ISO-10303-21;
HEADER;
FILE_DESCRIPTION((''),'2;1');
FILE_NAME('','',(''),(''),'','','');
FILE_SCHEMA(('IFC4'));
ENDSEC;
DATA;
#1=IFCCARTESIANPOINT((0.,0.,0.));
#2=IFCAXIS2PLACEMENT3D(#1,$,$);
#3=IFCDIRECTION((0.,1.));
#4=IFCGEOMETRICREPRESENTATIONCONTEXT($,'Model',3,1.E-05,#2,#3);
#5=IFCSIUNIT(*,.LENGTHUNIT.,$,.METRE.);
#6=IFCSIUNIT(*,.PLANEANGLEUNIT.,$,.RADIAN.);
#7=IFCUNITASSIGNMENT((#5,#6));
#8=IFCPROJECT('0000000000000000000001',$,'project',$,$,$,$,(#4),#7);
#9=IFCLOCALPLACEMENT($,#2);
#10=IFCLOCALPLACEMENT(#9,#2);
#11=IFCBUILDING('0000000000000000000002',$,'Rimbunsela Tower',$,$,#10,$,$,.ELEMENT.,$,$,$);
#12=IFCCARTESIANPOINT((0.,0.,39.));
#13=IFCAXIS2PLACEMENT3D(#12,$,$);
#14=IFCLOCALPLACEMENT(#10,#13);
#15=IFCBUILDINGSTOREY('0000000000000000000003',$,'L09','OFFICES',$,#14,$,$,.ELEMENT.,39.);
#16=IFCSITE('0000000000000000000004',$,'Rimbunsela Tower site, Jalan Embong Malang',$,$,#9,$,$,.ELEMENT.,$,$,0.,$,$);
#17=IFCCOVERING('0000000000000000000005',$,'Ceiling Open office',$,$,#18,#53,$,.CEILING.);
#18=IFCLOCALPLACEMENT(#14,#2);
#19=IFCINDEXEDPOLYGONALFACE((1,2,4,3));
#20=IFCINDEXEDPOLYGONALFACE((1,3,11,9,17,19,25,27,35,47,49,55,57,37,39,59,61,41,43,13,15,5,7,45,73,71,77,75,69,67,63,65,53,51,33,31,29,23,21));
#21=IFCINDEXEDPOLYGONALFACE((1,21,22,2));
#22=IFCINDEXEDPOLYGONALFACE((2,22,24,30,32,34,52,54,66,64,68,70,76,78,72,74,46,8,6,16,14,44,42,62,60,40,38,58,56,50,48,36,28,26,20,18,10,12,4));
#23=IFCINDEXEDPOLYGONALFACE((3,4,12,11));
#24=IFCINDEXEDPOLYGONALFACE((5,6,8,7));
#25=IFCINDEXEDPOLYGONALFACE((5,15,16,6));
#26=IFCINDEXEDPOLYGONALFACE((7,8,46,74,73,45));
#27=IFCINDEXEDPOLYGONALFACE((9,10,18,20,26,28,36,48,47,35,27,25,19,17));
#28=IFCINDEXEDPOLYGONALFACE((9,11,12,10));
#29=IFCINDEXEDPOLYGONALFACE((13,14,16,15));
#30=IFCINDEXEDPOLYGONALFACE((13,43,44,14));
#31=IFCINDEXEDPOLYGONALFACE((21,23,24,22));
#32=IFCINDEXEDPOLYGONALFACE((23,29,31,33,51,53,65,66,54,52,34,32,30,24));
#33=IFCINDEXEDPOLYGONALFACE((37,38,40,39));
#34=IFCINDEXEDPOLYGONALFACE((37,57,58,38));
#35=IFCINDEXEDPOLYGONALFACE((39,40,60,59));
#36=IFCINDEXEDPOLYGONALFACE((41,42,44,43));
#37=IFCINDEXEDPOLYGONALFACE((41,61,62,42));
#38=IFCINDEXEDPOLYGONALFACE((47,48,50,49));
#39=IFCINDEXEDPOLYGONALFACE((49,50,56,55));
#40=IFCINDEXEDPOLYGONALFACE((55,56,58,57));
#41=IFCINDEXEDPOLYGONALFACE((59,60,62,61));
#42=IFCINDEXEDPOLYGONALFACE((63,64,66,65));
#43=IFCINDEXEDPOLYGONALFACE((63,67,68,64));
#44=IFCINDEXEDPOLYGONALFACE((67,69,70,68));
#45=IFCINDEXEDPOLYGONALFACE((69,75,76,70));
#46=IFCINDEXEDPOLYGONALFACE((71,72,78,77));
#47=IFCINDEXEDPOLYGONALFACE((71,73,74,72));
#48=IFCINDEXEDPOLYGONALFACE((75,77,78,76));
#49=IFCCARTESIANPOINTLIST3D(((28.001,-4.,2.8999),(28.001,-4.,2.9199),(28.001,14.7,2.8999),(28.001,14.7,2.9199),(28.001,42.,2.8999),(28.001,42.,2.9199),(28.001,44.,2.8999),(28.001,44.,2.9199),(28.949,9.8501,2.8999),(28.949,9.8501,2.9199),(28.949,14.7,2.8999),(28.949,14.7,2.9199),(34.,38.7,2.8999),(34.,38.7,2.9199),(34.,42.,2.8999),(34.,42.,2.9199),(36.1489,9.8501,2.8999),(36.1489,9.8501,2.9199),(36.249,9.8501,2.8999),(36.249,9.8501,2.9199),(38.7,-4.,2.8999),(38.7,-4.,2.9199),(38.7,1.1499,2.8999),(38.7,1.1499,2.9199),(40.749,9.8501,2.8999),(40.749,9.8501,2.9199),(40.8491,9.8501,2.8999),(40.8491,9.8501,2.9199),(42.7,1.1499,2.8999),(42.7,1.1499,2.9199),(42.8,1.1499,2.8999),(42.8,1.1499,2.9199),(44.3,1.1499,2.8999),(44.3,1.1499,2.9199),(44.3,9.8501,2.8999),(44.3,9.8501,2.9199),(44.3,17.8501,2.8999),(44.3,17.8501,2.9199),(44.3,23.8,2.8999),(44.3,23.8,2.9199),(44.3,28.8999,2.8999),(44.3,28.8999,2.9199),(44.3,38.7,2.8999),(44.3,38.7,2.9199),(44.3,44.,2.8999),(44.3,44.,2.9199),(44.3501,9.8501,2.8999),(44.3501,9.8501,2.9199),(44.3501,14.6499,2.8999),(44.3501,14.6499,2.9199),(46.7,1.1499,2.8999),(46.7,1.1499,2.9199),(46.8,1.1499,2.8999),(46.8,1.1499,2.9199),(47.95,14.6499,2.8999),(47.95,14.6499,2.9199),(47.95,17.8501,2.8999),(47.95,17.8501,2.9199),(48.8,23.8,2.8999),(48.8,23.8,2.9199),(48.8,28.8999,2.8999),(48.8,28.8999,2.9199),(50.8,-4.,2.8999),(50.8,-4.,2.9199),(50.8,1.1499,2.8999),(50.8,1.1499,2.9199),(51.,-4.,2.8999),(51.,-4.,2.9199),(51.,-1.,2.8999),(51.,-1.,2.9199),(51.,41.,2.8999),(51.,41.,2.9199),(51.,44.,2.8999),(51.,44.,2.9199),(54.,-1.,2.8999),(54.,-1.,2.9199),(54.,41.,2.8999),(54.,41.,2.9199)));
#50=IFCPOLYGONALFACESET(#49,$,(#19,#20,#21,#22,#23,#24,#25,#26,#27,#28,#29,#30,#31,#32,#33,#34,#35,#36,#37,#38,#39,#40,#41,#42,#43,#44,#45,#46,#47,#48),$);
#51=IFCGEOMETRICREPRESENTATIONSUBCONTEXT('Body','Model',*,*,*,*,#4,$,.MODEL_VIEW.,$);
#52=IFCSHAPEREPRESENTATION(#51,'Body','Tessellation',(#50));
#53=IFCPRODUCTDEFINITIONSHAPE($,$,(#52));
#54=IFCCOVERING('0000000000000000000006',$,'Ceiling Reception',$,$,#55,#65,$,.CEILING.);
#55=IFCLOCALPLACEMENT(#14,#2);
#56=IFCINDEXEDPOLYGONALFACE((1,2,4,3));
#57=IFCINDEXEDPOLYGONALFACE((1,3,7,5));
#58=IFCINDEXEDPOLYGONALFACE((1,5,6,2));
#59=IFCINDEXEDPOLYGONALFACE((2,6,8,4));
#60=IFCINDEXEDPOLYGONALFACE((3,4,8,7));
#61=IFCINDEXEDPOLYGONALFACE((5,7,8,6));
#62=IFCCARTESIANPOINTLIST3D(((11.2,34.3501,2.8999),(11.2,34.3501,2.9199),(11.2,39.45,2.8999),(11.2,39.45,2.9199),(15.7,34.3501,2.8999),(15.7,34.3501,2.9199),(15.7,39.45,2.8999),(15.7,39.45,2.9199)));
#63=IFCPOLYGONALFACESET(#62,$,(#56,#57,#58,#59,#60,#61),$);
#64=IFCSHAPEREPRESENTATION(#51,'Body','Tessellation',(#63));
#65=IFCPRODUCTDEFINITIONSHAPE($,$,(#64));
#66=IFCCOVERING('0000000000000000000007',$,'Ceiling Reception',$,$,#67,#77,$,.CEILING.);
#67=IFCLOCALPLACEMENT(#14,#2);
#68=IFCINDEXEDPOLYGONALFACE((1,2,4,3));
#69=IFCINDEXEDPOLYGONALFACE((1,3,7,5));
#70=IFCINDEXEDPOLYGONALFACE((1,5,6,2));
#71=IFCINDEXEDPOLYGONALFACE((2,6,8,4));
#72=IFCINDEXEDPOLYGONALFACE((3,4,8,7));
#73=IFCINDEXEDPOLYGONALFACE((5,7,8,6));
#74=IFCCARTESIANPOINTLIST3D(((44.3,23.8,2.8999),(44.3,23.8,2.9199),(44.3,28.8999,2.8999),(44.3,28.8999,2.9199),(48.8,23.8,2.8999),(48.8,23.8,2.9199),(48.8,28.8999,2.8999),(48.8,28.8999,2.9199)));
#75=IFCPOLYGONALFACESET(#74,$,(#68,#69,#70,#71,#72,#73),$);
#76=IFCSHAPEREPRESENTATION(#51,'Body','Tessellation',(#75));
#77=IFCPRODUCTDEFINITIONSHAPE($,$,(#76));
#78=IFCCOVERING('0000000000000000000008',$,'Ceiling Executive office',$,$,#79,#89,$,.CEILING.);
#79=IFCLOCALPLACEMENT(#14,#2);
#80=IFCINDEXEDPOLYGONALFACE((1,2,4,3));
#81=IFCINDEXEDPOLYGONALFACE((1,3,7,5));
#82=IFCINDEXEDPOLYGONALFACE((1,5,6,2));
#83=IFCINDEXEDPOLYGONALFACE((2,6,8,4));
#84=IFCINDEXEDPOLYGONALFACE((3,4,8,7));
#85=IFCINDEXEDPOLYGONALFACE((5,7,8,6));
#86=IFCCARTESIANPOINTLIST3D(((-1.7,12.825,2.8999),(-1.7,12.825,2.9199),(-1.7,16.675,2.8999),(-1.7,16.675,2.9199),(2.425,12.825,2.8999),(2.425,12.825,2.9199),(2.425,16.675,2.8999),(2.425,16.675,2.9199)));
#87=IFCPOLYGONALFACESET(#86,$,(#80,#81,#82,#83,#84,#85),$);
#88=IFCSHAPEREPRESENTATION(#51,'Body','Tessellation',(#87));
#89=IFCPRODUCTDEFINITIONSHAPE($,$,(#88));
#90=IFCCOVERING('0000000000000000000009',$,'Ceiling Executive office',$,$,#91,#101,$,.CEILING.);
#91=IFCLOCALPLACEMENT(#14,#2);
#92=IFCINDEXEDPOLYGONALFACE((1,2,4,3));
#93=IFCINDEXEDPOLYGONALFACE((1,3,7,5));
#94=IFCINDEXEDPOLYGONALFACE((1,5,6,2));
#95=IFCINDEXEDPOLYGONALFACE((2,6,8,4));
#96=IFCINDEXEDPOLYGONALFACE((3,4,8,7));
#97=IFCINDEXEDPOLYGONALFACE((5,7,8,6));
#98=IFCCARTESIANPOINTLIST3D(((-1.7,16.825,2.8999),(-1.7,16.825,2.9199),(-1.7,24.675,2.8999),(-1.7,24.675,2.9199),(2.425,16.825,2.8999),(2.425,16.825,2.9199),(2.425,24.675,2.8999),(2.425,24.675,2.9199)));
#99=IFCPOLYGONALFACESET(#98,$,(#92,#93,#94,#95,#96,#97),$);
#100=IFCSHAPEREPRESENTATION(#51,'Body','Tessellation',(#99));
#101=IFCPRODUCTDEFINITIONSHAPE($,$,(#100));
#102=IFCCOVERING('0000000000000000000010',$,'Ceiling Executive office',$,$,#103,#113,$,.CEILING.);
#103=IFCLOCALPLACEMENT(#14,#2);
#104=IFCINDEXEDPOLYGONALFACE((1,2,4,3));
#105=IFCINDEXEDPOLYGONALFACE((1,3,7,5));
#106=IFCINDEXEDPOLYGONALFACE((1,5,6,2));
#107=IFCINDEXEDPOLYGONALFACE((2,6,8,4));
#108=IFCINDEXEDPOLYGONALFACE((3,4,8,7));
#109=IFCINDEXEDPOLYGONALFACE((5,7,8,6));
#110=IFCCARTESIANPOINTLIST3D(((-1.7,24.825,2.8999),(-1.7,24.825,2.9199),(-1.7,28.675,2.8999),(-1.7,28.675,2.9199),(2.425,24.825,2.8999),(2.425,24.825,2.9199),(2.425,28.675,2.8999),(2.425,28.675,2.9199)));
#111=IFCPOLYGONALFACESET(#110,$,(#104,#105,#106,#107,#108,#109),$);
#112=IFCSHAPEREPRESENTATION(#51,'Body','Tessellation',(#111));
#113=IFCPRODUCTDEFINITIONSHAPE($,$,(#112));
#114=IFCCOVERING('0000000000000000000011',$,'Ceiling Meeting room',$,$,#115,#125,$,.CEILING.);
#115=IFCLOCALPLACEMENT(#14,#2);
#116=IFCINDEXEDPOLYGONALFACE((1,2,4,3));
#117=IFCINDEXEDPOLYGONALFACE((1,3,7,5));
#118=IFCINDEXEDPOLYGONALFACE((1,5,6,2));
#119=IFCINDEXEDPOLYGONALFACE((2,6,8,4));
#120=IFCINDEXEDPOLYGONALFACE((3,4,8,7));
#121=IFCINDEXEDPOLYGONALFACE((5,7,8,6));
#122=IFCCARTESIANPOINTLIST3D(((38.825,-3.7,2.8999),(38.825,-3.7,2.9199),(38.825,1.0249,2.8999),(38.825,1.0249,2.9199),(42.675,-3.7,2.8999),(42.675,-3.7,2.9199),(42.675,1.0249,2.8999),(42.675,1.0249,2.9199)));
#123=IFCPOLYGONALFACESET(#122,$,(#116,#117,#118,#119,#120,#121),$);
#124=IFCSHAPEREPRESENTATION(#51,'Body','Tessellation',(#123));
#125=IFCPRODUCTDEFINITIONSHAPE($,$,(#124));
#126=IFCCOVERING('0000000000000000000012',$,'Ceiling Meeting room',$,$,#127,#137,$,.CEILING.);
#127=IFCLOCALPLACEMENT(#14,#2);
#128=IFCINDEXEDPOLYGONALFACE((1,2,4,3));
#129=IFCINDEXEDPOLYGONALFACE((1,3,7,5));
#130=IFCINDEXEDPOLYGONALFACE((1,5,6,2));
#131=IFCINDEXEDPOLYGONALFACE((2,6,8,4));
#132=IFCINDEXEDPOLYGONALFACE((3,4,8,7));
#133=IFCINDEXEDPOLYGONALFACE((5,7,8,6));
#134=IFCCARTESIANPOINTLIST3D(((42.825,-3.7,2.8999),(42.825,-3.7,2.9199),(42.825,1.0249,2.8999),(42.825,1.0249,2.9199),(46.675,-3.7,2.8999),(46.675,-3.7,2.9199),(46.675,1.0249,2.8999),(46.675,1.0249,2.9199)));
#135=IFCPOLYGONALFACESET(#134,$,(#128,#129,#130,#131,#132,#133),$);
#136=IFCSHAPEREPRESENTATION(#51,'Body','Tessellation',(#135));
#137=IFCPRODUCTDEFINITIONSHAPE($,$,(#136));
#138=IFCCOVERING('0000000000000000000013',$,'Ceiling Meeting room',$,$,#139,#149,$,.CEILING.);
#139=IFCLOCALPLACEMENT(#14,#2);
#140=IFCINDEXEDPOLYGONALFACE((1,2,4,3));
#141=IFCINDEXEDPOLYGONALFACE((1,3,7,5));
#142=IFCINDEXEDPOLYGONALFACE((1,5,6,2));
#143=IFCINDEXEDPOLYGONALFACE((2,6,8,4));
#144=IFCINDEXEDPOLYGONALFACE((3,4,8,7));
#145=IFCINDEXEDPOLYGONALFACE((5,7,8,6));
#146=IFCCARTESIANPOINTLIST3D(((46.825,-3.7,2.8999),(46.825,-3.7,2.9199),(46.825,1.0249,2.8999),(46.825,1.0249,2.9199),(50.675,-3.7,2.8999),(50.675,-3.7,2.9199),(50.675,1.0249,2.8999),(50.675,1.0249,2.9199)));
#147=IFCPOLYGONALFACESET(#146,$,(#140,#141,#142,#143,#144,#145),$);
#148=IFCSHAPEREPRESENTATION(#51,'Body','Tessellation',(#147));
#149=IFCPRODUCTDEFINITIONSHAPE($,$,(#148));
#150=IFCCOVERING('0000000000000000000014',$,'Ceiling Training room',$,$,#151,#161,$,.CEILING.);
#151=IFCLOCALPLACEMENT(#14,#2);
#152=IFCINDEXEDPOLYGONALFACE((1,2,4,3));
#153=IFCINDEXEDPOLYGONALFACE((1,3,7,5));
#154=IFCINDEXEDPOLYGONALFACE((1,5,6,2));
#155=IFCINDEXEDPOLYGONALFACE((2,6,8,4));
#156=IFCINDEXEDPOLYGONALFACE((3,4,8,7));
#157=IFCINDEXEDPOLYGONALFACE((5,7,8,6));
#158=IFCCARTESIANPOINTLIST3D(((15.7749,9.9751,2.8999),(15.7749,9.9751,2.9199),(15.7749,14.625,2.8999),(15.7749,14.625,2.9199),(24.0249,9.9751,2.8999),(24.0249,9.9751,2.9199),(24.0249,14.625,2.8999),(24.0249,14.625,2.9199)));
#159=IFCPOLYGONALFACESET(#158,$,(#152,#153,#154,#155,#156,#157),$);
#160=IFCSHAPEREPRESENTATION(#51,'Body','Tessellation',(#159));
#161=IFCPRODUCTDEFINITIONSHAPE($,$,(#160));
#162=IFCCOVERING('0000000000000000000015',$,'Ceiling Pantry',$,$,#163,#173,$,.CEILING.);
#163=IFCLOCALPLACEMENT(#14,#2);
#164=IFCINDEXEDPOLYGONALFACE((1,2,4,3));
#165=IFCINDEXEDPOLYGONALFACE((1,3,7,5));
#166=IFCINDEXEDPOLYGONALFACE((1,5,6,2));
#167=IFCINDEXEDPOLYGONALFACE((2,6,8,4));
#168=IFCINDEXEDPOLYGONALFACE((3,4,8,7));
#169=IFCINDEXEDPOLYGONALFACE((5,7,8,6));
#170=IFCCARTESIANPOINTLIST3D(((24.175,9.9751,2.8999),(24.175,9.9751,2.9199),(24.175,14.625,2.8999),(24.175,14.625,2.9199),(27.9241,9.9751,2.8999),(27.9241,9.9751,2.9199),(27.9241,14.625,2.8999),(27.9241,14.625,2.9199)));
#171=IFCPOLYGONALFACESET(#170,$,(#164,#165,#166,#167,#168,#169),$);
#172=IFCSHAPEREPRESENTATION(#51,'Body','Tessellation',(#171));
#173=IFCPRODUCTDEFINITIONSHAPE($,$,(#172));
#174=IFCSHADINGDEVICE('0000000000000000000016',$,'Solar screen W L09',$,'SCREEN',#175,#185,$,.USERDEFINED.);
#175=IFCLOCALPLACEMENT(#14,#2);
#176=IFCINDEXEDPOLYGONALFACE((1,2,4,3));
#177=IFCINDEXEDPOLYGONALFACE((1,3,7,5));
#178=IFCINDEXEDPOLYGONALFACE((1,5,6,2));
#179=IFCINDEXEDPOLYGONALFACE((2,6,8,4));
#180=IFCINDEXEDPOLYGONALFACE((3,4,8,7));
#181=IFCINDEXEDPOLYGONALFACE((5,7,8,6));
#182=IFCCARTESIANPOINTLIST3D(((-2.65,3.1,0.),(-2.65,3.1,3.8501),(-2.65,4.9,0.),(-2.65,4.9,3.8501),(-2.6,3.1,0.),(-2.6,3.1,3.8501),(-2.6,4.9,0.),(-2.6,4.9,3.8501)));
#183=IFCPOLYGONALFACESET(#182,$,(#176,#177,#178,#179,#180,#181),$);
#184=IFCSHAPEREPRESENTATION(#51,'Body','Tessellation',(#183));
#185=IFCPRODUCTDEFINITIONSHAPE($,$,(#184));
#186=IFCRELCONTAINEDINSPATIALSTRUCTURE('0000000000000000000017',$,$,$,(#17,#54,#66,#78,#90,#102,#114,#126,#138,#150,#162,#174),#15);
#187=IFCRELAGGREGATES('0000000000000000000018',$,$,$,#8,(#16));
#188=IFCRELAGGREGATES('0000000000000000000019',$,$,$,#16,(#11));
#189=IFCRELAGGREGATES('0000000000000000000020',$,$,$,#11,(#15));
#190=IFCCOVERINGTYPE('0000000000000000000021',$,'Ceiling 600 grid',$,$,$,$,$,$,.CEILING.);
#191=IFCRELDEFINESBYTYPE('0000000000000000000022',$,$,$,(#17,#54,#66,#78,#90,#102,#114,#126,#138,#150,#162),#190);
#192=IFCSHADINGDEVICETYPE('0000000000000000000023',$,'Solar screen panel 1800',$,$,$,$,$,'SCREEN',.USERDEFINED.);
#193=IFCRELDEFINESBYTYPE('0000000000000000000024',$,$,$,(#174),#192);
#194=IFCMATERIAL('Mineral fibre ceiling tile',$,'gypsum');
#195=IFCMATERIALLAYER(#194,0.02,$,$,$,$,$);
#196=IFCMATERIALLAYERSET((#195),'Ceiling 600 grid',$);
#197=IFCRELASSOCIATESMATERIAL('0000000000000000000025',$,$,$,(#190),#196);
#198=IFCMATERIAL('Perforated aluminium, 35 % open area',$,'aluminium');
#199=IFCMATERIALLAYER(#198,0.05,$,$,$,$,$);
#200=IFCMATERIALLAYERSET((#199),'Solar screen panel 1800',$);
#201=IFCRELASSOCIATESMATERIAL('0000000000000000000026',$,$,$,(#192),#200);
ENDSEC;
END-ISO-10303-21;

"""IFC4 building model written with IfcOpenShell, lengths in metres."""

from ifc_helpers import new_model, si_unit, direction, frame, origin, origin_2d, place, context, subcontext, project, spatial, polyline, rectangle, outline, extrude, material, layer, layer_set, type_object, element, save


model = new_model("IFC4")

# Units and contexts
model_context = context("Model", 3, precision=1e-05, world=origin(), true_north=direction((0.0, 1.0)))
body_context = subcontext(model_context, "Body", "Model", "MODEL_VIEW")
ifc_project = project(units=[si_unit("LENGTHUNIT", "METRE"), si_unit("PLANEANGLEUNIT", "RADIAN")], contexts=[model_context])

# Site, building, storey
site_placement = place(None, origin())
site = spatial("IfcSite", under=ifc_project, at=site_placement, Name="Rimbunsela Tower site, Jalan Embong Malang", CompositionType="ELEMENT", RefElevation=0.0)
building_placement = place(site_placement, origin())
building = spatial("IfcBuilding", under=site, at=building_placement, Name="Rimbunsela Tower", CompositionType="ELEMENT")
storey_placement = place(building_placement, frame((0.0, 0.0, 39.0)))
storey = spatial("IfcBuildingStorey", under=building, at=storey_placement, Name="L09", Description="OFFICES", CompositionType="ELEMENT", Elevation=39.0)

# Coverings
ifc_material_1 = material(Name="Mineral fibre ceiling tile", Category="gypsum")
ifc_layer_1 = layer(ifc_material_1, 0.02)
ifc_layer_set_1 = layer_set([ifc_layer_1], Name="Ceiling 600 grid")
covering_type_1 = type_object("IfcCoveringType", Name="Ceiling 600 grid", PredefinedType="CEILING", material=ifc_layer_set_1)
covering_1_placement = place(storey_placement, frame((0.0, 0.0, 2.8999)))
element("IfcCovering", 1, at=covering_1_placement, inside=storey, type_object=covering_type_1, Name="Ceiling Open office", PredefinedType="CEILING", context=body_context, shape_type="SweptSolid", body=[
    extrude(outline(polyline([(42.7, 1.1499), (38.7, 1.1499), (38.7, -4.0), (28.001, -4.0), (28.001, 14.7), (28.949, 14.7), (28.949, 9.8501), (36.1489, 9.8501), (36.249, 9.8501), (40.749, 9.8501), (40.8491, 9.8501), (44.3, 9.8501), (44.3501, 9.8501), (44.3501, 14.6499), (47.95, 14.6499), (47.95, 17.8501), (44.3, 17.8501), (44.3, 23.8), (48.8, 23.8), (48.8, 28.8999), (44.3, 28.8999), (44.3, 38.7), (34.0, 38.7), (34.0, 42.0), (28.001, 42.0), (28.001, 44.0), (44.3, 44.0), (51.0, 44.0), (51.0, 41.0), (54.0, 41.0), (54.0, -1.0), (51.0, -1.0), (51.0, -4.0), (50.8, -4.0), (50.8, 1.1499), (46.8, 1.1499), (46.7, 1.1499), (44.3, 1.1499), (42.8, 1.1499), (42.7, 1.1499)])), origin(), (0.0, 0.0, 1.0), 0.02),
])
covering_2_placement = place(storey_placement, frame((0.0, 0.0, 2.8999)))
element("IfcCovering", 2, at=covering_2_placement, inside=storey, type_object=covering_type_1, Name="Ceiling Reception", PredefinedType="CEILING", context=body_context, shape_type="SweptSolid", body=[
    extrude(outline(polyline([(15.7, 34.3501), (15.7, 39.45), (11.2, 39.45), (11.2, 34.3501), (15.7, 34.3501)])), origin(), (0.0, 0.0, 1.0), 0.02),
])
covering_3_placement = place(storey_placement, frame((0.0, 0.0, 2.8999)))
element("IfcCovering", 3, at=covering_3_placement, inside=storey, type_object=covering_type_1, Name="Ceiling Reception", PredefinedType="CEILING", context=body_context, shape_type="SweptSolid", body=[
    extrude(outline(polyline([(48.8, 23.8), (48.8, 28.8999), (44.3, 28.8999), (44.3, 23.8), (48.8, 23.8)])), origin(), (0.0, 0.0, 1.0), 0.02),
])
covering_4_placement = place(storey_placement, frame((0.0, 0.0, 2.8999)))
element("IfcCovering", 4, at=covering_4_placement, inside=storey, type_object=covering_type_1, Name="Ceiling Executive office", PredefinedType="CEILING", context=body_context, shape_type="SweptSolid", body=[
    extrude(outline(polyline([(2.425, 12.825), (2.425, 16.675), (-1.7, 16.675), (-1.7, 12.825), (2.425, 12.825)])), origin(), (0.0, 0.0, 1.0), 0.02),
])
covering_5_placement = place(storey_placement, frame((0.0, 0.0, 2.8999)))
element("IfcCovering", 5, at=covering_5_placement, inside=storey, type_object=covering_type_1, Name="Ceiling Executive office", PredefinedType="CEILING", context=body_context, shape_type="SweptSolid", body=[
    extrude(outline(polyline([(2.425, 16.825), (2.425, 24.675), (-1.7, 24.675), (-1.7, 16.825), (2.425, 16.825)])), origin(), (0.0, 0.0, 1.0), 0.02),
])
covering_6_placement = place(storey_placement, frame((0.0, 0.0, 2.8999)))
element("IfcCovering", 6, at=covering_6_placement, inside=storey, type_object=covering_type_1, Name="Ceiling Executive office", PredefinedType="CEILING", context=body_context, shape_type="SweptSolid", body=[
    extrude(outline(polyline([(2.425, 24.825), (2.425, 28.675), (-1.7, 28.675), (-1.7, 24.825), (2.425, 24.825)])), origin(), (0.0, 0.0, 1.0), 0.02),
])
covering_7_placement = place(storey_placement, frame((0.0, 0.0, 2.8999)))
element("IfcCovering", 7, at=covering_7_placement, inside=storey, type_object=covering_type_1, Name="Ceiling Meeting room", PredefinedType="CEILING", context=body_context, shape_type="SweptSolid", body=[
    extrude(outline(polyline([(42.675, -3.7), (42.675, 1.0249), (38.825, 1.0249), (38.825, -3.7), (42.675, -3.7)])), origin(), (0.0, 0.0, 1.0), 0.02),
])
covering_8_placement = place(storey_placement, frame((0.0, 0.0, 2.8999)))
element("IfcCovering", 8, at=covering_8_placement, inside=storey, type_object=covering_type_1, Name="Ceiling Meeting room", PredefinedType="CEILING", context=body_context, shape_type="SweptSolid", body=[
    extrude(outline(polyline([(46.675, -3.7), (46.675, 1.0249), (42.825, 1.0249), (42.825, -3.7), (46.675, -3.7)])), origin(), (0.0, 0.0, 1.0), 0.02),
])
covering_9_placement = place(storey_placement, frame((0.0, 0.0, 2.8999)))
element("IfcCovering", 9, at=covering_9_placement, inside=storey, type_object=covering_type_1, Name="Ceiling Meeting room", PredefinedType="CEILING", context=body_context, shape_type="SweptSolid", body=[
    extrude(outline(polyline([(50.675, -3.7), (50.675, 1.0249), (46.825, 1.0249), (46.825, -3.7), (50.675, -3.7)])), origin(), (0.0, 0.0, 1.0), 0.02),
])
covering_10_placement = place(storey_placement, frame((0.0, 0.0, 2.8999)))
element("IfcCovering", 10, at=covering_10_placement, inside=storey, type_object=covering_type_1, Name="Ceiling Training room", PredefinedType="CEILING", context=body_context, shape_type="SweptSolid", body=[
    extrude(outline(polyline([(24.0249, 9.9751), (24.0249, 14.625), (15.7749, 14.625), (15.7749, 9.9751), (24.0249, 9.9751)])), origin(), (0.0, 0.0, 1.0), 0.02),
])
covering_11_placement = place(storey_placement, frame((0.0, 0.0, 2.8999)))
element("IfcCovering", 11, at=covering_11_placement, inside=storey, type_object=covering_type_1, Name="Ceiling Pantry", PredefinedType="CEILING", context=body_context, shape_type="SweptSolid", body=[
    extrude(outline(polyline([(27.9241, 9.9751), (27.9241, 14.625), (24.175, 14.625), (24.175, 9.9751), (27.9241, 9.9751)])), origin(), (0.0, 0.0, 1.0), 0.02),
])

# Shading device
ifc_material_2 = material(Name="Perforated aluminium, 35 % open area", Category="aluminium")
ifc_layer_2 = layer(ifc_material_2, 0.05)
ifc_layer_set_2 = layer_set([ifc_layer_2], Name="Solar screen panel 1800")
shading_device_type = type_object("IfcShadingDeviceType", Name="Solar screen panel 1800", ElementType="SCREEN", PredefinedType="USERDEFINED", material=ifc_layer_set_2)
for number, where, z_axis, x_axis, name in (
    (12, (-2.625, 4.0, 0.0), (0.0, 0.0, 1.0), (0.0, 1.0, 0.0), "Solar screen W L09"),
):
    element("IfcShadingDevice", number, at=place(storey_placement, frame(where, z_axis=z_axis, x_axis=x_axis)), inside=storey, type_object=shading_device_type, Name=name, ObjectType="SCREEN", PredefinedType="USERDEFINED", context=body_context, shape_type="SweptSolid", body=[
        extrude(rectangle(XDim=1.8, YDim=0.05, at=origin_2d()), origin(), (0.0, 0.0, 1.0), 3.8501),
    ])

save(model, "model.ifc")
